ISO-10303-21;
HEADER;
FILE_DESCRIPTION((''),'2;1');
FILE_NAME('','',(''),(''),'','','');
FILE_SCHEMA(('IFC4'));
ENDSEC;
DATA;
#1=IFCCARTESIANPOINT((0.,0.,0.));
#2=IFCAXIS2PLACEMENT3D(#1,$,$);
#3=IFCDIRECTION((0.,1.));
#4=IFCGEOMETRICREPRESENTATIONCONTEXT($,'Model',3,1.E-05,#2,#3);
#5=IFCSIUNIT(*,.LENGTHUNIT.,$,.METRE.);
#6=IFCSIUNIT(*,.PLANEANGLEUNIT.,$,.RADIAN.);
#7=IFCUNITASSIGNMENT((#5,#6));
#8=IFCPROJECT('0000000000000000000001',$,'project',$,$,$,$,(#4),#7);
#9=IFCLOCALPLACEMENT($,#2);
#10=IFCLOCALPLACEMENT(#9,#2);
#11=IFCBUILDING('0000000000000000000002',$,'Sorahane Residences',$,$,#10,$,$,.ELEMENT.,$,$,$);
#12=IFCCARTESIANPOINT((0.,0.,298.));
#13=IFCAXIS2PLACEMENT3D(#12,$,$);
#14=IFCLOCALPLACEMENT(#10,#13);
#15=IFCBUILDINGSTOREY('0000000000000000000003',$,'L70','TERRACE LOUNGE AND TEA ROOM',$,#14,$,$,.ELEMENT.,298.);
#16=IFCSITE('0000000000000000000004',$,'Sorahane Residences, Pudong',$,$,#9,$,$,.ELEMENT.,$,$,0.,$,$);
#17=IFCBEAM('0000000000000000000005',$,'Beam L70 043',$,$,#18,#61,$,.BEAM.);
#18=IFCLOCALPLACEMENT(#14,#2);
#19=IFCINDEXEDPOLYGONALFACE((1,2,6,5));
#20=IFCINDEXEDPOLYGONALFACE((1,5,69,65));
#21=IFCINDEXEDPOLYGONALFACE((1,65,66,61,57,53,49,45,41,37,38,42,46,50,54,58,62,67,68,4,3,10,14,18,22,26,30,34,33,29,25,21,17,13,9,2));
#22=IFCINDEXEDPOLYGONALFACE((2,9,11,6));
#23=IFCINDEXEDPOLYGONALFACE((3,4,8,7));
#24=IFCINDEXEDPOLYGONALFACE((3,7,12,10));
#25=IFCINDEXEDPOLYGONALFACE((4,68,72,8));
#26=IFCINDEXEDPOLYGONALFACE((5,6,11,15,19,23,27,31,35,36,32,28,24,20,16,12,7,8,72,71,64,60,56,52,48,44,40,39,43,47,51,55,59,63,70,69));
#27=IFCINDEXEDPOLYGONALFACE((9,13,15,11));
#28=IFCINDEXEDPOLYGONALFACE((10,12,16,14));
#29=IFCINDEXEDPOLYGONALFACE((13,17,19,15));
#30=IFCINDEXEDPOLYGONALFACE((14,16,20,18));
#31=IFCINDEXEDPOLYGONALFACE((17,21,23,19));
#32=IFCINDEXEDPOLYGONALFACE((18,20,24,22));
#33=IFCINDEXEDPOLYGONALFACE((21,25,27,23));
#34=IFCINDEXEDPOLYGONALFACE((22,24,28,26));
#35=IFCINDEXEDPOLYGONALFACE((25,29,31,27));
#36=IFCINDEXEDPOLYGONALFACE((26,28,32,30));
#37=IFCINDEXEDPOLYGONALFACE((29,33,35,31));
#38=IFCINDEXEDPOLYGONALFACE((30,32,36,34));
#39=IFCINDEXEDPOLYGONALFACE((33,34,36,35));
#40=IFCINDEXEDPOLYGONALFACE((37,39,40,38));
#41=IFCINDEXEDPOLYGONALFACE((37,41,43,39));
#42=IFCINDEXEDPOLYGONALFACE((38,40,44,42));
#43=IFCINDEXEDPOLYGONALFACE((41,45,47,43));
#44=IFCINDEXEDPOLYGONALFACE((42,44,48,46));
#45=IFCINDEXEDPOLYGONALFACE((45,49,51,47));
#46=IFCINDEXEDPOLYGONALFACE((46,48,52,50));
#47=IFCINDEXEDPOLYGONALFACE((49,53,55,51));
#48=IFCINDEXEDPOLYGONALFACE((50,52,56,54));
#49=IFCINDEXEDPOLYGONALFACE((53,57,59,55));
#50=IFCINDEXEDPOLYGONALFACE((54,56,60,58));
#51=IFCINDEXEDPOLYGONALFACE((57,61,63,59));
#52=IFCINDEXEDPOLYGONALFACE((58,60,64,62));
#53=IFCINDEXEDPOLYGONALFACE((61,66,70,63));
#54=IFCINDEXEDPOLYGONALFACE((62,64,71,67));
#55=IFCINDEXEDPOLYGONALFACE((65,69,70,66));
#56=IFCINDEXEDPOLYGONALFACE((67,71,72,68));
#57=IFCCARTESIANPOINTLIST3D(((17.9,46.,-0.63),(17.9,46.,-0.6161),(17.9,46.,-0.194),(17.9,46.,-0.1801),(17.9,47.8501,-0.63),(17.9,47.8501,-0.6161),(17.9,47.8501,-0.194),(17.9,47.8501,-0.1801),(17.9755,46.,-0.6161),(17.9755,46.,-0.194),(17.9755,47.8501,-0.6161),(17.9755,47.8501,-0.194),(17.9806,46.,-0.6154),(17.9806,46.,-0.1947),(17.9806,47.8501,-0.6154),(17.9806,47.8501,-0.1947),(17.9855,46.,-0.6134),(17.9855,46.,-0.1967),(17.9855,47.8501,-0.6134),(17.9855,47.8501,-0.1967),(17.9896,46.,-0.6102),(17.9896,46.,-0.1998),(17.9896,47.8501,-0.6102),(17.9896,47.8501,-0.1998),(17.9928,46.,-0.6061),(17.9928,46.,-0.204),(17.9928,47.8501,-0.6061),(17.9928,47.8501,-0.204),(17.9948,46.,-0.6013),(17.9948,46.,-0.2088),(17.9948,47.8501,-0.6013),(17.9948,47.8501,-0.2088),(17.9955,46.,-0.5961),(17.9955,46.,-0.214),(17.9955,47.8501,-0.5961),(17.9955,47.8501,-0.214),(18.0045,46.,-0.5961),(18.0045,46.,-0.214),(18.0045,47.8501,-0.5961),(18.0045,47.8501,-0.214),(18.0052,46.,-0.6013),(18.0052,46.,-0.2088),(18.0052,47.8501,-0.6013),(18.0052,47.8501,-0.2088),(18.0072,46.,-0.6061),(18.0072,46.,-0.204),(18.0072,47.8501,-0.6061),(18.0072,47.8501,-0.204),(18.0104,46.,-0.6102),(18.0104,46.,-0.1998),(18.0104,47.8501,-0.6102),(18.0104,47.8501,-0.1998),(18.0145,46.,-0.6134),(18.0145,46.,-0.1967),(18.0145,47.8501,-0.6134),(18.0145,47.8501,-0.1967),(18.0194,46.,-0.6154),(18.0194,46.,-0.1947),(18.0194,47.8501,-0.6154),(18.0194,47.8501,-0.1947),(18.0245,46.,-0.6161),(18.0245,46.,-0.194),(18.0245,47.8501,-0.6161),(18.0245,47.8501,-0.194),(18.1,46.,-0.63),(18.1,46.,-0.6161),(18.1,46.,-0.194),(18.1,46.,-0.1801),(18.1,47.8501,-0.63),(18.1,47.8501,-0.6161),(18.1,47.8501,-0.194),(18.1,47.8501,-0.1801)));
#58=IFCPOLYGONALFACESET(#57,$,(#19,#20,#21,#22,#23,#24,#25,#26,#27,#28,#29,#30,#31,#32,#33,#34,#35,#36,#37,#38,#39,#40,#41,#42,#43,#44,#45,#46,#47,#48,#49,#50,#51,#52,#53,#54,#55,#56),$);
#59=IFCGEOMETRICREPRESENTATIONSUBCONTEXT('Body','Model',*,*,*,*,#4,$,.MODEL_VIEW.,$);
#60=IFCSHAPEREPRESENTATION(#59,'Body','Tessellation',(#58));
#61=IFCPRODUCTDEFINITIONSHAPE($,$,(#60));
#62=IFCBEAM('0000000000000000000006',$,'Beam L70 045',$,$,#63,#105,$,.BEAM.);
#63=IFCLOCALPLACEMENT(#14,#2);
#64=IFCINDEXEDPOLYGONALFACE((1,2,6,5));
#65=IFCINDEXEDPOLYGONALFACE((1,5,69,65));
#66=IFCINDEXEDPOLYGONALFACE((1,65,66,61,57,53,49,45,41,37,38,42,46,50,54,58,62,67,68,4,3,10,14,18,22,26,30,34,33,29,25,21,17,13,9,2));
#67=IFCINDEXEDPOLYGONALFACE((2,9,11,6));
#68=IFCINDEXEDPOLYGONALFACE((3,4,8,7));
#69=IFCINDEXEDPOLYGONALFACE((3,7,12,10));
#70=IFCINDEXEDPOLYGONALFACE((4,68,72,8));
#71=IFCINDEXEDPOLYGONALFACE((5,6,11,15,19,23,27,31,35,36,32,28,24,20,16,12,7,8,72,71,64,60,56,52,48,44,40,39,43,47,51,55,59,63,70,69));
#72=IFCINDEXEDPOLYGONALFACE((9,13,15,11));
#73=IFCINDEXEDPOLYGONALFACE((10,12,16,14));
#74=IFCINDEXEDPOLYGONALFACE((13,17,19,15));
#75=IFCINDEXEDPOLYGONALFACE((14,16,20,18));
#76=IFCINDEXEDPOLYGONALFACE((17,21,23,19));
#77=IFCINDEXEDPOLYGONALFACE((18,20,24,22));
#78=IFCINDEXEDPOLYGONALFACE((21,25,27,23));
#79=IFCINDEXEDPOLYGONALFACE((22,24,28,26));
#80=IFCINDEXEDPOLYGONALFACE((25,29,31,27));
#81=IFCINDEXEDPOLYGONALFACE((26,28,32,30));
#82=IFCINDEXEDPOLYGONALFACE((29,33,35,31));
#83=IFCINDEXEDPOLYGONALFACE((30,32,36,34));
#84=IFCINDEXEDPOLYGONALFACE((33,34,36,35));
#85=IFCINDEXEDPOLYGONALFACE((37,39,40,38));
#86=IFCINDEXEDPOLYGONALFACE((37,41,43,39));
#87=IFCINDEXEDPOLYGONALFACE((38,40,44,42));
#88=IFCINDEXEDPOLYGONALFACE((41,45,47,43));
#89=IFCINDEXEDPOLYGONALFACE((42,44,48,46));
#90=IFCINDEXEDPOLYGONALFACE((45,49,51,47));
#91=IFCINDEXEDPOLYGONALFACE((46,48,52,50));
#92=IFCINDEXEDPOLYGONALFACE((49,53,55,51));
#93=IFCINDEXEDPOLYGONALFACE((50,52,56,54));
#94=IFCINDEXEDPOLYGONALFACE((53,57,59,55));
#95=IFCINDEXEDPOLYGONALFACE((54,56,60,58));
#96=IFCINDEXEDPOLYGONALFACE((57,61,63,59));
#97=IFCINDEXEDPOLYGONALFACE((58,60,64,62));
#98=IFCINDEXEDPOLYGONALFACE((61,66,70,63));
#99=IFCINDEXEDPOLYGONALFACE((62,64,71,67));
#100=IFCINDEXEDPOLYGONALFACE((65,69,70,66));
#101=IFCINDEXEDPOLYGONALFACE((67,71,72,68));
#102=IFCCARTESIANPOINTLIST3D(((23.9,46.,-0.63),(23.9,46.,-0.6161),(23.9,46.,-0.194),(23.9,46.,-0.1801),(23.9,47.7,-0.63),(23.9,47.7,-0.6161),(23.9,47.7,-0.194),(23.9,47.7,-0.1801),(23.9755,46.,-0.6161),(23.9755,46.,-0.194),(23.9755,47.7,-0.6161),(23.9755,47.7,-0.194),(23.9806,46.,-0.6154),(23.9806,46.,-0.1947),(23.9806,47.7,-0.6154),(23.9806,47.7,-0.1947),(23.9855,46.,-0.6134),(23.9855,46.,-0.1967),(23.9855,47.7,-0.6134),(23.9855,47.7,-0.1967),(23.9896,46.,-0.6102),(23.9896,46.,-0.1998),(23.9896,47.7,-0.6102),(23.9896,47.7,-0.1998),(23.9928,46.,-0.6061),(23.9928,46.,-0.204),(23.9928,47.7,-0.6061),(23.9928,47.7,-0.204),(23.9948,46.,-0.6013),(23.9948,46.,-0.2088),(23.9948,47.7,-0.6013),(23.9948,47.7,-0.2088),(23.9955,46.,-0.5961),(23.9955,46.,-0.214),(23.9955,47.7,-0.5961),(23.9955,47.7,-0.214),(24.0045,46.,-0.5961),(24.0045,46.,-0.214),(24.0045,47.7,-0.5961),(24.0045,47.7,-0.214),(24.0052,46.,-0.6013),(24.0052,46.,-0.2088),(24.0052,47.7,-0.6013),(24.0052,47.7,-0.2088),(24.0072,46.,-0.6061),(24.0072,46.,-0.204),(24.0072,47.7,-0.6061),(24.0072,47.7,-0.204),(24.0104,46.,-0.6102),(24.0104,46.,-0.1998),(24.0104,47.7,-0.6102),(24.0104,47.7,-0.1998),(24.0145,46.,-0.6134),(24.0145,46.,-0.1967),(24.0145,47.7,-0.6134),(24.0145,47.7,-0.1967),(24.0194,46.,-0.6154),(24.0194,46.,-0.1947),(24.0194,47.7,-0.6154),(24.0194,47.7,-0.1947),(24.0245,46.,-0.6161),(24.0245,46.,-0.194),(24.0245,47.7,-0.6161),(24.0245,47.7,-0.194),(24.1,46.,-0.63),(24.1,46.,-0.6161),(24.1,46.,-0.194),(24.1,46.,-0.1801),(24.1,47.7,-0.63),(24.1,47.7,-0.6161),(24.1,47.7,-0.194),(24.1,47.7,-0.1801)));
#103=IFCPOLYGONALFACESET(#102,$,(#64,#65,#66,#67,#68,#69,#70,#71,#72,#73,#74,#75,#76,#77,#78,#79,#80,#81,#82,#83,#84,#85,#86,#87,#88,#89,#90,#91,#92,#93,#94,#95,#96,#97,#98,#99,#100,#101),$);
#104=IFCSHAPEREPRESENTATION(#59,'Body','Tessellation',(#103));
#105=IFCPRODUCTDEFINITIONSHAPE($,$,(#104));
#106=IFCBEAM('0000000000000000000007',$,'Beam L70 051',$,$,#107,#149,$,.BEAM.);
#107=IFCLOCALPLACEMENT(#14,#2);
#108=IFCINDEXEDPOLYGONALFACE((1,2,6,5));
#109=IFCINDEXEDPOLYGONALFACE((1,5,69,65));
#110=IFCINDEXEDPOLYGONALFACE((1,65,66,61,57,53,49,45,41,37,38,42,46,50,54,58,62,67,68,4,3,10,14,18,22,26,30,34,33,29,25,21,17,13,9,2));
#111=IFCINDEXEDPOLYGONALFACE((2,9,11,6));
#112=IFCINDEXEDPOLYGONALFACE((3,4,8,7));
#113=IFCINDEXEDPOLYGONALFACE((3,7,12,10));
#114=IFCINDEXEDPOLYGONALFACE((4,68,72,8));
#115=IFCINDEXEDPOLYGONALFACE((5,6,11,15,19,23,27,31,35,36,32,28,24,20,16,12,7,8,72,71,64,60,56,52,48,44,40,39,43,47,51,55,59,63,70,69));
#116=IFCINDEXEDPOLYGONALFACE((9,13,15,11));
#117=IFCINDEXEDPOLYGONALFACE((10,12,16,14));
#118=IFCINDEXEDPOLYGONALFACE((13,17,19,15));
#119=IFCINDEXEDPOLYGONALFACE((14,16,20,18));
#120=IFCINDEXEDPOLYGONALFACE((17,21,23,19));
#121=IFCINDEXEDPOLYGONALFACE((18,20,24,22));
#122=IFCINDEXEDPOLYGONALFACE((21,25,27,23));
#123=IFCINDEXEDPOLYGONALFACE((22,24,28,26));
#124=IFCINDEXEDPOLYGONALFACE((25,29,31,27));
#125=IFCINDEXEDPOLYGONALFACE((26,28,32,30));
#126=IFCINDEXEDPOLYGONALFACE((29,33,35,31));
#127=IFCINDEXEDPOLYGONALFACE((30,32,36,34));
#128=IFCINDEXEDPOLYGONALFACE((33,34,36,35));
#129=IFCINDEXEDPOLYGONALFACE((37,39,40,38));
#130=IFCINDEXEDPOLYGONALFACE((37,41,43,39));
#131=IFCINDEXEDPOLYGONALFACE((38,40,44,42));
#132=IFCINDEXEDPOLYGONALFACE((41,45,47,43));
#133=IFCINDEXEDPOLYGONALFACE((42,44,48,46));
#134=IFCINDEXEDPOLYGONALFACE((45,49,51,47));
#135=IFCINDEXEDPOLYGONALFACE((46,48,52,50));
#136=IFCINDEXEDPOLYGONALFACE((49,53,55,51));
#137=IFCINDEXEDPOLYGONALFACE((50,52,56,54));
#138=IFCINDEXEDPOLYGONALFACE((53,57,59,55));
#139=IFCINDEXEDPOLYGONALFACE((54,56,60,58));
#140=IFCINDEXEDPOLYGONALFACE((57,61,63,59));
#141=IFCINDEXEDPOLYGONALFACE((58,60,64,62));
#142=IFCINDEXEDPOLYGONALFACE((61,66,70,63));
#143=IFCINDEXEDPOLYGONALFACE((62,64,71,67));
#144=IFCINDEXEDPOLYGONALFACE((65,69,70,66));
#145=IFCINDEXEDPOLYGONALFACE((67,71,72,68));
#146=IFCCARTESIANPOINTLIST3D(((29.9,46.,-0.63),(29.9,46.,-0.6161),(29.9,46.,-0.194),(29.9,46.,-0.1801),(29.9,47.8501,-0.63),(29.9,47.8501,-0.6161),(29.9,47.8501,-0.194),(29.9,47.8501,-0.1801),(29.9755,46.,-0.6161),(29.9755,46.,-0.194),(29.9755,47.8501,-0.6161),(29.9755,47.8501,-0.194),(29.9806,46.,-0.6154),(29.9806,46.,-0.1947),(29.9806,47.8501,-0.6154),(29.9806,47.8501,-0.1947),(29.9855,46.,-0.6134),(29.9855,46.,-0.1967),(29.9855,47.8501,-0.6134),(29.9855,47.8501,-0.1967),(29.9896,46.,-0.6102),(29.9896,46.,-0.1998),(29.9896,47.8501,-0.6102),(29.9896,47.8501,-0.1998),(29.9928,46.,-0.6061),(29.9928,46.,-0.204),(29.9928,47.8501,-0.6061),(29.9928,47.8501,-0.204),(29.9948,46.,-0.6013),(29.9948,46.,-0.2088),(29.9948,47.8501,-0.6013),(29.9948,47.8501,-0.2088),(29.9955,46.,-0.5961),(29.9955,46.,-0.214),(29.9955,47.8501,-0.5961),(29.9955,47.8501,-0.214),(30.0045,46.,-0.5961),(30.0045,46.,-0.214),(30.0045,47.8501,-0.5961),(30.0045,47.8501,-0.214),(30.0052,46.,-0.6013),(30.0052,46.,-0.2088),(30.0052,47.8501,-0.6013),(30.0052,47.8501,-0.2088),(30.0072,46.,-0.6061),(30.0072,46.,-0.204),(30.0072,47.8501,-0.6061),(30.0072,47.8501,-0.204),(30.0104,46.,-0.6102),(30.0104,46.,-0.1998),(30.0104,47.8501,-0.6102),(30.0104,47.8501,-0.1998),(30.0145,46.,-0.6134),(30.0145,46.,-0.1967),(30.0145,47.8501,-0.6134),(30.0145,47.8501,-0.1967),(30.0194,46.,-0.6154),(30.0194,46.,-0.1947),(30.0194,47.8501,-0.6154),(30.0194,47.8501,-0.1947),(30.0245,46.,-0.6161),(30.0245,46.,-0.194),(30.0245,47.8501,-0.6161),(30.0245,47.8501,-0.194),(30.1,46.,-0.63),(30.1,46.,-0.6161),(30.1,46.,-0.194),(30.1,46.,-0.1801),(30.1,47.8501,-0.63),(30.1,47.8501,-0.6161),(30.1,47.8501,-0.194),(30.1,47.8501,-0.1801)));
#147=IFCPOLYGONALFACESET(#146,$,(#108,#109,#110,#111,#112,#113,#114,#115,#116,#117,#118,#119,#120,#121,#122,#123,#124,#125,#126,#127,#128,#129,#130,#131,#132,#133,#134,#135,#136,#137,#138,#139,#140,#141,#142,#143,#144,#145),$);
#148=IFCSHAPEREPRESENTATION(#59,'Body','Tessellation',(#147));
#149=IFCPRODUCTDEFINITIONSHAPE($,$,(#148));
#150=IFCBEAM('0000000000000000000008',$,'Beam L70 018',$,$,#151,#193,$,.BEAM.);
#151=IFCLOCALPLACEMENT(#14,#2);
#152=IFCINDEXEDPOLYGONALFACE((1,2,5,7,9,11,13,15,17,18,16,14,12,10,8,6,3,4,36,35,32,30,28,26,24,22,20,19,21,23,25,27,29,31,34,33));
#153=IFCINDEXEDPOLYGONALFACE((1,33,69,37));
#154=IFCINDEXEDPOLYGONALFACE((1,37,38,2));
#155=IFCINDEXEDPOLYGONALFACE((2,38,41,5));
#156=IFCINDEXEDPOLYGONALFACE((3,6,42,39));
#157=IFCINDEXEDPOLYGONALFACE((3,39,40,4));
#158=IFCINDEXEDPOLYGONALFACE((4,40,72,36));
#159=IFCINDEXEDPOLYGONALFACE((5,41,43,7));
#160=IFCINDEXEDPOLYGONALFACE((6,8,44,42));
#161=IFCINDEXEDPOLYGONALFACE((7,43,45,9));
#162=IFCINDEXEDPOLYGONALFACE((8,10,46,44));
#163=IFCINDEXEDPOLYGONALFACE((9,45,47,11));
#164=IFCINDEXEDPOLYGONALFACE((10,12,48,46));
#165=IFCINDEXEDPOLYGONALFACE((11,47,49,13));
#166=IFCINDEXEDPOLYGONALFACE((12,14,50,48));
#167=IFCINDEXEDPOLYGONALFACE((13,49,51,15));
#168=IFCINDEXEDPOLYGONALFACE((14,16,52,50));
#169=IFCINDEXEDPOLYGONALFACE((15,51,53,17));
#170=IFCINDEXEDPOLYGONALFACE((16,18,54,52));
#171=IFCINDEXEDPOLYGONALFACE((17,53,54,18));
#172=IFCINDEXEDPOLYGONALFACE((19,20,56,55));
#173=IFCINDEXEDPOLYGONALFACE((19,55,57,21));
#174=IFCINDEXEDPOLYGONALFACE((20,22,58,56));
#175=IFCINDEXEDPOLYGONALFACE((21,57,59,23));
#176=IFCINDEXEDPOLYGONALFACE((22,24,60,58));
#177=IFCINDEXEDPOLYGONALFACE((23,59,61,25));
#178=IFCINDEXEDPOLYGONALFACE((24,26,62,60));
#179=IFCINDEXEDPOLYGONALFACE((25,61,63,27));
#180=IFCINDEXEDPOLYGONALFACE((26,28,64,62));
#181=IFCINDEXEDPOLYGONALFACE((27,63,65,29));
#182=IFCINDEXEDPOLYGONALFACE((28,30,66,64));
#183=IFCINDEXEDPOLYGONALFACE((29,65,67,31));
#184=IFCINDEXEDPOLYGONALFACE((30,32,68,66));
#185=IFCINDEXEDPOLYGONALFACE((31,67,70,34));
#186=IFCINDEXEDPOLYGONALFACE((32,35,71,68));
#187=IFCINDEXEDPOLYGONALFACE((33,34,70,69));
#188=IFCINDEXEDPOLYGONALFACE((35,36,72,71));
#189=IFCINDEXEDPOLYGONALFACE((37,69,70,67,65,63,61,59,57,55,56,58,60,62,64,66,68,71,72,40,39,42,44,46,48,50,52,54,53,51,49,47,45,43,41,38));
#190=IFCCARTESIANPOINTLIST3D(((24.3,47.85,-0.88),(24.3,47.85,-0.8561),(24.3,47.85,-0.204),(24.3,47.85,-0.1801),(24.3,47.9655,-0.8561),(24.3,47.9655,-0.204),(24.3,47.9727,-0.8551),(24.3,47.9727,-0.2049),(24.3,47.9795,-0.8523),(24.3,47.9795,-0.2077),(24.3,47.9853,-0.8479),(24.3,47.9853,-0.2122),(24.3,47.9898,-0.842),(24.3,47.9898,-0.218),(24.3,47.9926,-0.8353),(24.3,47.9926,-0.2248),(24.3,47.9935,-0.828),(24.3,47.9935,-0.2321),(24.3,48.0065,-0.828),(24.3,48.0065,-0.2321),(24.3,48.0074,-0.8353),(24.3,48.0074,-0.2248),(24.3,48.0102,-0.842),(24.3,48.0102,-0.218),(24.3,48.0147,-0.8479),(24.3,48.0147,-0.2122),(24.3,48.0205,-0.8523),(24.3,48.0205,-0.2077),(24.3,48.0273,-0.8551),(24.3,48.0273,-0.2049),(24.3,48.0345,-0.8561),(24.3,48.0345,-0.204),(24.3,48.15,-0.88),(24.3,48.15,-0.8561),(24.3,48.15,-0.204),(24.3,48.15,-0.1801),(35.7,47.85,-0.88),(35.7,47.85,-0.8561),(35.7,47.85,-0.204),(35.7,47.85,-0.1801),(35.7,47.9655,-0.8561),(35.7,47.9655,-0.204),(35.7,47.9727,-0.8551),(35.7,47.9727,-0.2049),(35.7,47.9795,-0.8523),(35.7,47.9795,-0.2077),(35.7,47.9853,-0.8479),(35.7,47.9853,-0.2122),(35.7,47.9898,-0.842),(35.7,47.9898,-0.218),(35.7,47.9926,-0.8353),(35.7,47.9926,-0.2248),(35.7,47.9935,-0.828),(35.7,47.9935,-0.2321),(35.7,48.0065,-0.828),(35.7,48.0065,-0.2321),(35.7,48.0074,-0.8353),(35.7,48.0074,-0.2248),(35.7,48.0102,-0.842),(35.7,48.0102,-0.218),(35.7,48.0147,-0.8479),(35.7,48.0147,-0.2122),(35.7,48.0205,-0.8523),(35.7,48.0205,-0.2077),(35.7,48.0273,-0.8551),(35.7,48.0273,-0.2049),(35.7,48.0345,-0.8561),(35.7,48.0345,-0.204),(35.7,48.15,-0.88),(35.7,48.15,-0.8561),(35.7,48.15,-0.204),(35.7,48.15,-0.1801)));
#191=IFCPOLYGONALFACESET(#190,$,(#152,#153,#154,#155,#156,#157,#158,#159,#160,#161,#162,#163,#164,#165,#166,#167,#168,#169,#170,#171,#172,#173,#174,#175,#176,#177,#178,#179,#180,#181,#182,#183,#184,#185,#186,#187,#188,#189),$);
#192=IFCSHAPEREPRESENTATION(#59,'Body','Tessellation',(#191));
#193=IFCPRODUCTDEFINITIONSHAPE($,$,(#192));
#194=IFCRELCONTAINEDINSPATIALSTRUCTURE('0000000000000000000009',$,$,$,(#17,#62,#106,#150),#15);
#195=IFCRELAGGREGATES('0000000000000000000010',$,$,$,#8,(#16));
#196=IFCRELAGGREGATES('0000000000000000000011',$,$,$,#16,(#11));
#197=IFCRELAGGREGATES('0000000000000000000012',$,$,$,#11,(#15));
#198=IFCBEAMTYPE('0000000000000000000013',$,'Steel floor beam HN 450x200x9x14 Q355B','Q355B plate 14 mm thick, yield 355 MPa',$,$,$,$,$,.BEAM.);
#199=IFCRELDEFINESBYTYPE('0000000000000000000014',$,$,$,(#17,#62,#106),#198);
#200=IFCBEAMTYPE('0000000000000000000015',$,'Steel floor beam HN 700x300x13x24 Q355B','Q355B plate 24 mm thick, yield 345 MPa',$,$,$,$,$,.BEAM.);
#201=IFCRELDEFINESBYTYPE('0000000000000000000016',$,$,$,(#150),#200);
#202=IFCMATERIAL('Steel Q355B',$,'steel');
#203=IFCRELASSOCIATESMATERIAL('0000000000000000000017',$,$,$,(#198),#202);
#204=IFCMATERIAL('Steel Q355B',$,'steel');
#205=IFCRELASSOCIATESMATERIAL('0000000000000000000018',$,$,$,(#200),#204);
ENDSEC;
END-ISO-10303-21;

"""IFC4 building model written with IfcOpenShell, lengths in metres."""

from ifc_helpers import new_model, si_unit, direction, frame, origin, origin_2d, place, context, subcontext, project, spatial, i_section, extrude, material, material_profile, profile_set, type_object, element, save


model = new_model("IFC4")

# Units and contexts
model_context = context("Model", 3, precision=1e-05, world=origin(), true_north=direction((0.0, 1.0)))
body_context = subcontext(model_context, "Body", "Model", "MODEL_VIEW")
ifc_project = project(units=[si_unit("LENGTHUNIT", "METRE"), si_unit("PLANEANGLEUNIT", "RADIAN")], contexts=[model_context])

# Site, building, storey
site_placement = place(None, origin())
site = spatial("IfcSite", under=ifc_project, at=site_placement, Name="Sorahane Residences, Pudong", CompositionType="ELEMENT", RefElevation=0.0)
building_placement = place(site_placement, origin())
building = spatial("IfcBuilding", under=site, at=building_placement, Name="Sorahane Residences", CompositionType="ELEMENT")
storey_placement = place(building_placement, frame((0.0, 0.0, 298.0)))
storey = spatial("IfcBuildingStorey", under=building, at=storey_placement, Name="L70", Description="TERRACE LOUNGE AND TEA ROOM", CompositionType="ELEMENT", Elevation=298.0)

# Beams
ifc_material_1 = material(Name="Steel Q355B", Category="steel")
ifc_material_profile_1 = material_profile(ifc_material_1, i_section(OverallWidth=0.2, OverallDepth=0.45, WebThickness=0.009, FlangeThickness=0.0139, FilletRadius=0.02, at=origin_2d()), Name="HN 450x200x9x14")
ifc_profile_set_1 = profile_set([ifc_material_profile_1], Name="Steel Q355B")
beam_type_1 = type_object("IfcBeamType", Name="Steel floor beam HN 450x200x9x14 Q355B", Description="Q355B plate 14 mm thick, yield 355 MPa", PredefinedType="BEAM", material=ifc_profile_set_1)
beam_1_placement = place(storey_placement, frame((18.0, 46.0, -0.405), z_axis=(0.0, 1.0, 0.0), x_axis=(-1.0, 0.0, 0.0)))
element("IfcBeam", 1, at=beam_1_placement, inside=storey, type_object=beam_type_1, Name="Beam L70 043", PredefinedType="BEAM", context=body_context, shape_type="SweptSolid", body=[
    extrude(i_section(OverallWidth=0.2, OverallDepth=0.45, WebThickness=0.009, FlangeThickness=0.0139, FilletRadius=0.02, at=origin_2d()), origin(), (0.0, 0.0, 1.0), 1.8501),
])
beam_2_placement = place(storey_placement, frame((24.0, 46.0, -0.405), z_axis=(0.0, 1.0, 0.0), x_axis=(-1.0, 0.0, 0.0)))
element("IfcBeam", 2, at=beam_2_placement, inside=storey, type_object=beam_type_1, Name="Beam L70 045", PredefinedType="BEAM", context=body_context, shape_type="SweptSolid", body=[
    extrude(i_section(OverallWidth=0.2, OverallDepth=0.45, WebThickness=0.009, FlangeThickness=0.0139, FilletRadius=0.02, at=origin_2d()), origin(), (0.0, 0.0, 1.0), 1.7),
])
beam_3_placement = place(storey_placement, frame((30.0, 46.0, -0.405), z_axis=(0.0, 1.0, 0.0), x_axis=(-1.0, 0.0, 0.0)))
element("IfcBeam", 3, at=beam_3_placement, inside=storey, type_object=beam_type_1, Name="Beam L70 051", PredefinedType="BEAM", context=body_context, shape_type="SweptSolid", body=[
    extrude(i_section(OverallWidth=0.2, OverallDepth=0.45, WebThickness=0.009, FlangeThickness=0.0139, FilletRadius=0.02, at=origin_2d()), origin(), (0.0, 0.0, 1.0), 1.8501),
])
ifc_material_2 = material(Name="Steel Q355B", Category="steel")
ifc_material_profile_2 = material_profile(ifc_material_2, i_section(OverallWidth=0.3, OverallDepth=0.7, WebThickness=0.0129, FlangeThickness=0.0239, FilletRadius=0.0281, at=origin_2d()), Name="HN 700x300x13x24")
ifc_profile_set_2 = profile_set([ifc_material_profile_2], Name="Steel Q355B")
beam_type_2 = type_object("IfcBeamType", Name="Steel floor beam HN 700x300x13x24 Q355B", Description="Q355B plate 24 mm thick, yield 345 MPa", PredefinedType="BEAM", material=ifc_profile_set_2)
beam_4_placement = place(storey_placement, frame((24.3, 48.0, -0.53), z_axis=(1.0, 0.0, 0.0), x_axis=(0.0, 1.0, 0.0)))
element("IfcBeam", 4, at=beam_4_placement, inside=storey, type_object=beam_type_2, Name="Beam L70 018", PredefinedType="BEAM", context=body_context, shape_type="SweptSolid", body=[
    extrude(i_section(OverallWidth=0.3, OverallDepth=0.7, WebThickness=0.0129, FlangeThickness=0.0239, FilletRadius=0.0281, at=origin_2d()), origin(), (0.0, 0.0, 1.0), 11.3999),
])

save(model, "model.ifc")
